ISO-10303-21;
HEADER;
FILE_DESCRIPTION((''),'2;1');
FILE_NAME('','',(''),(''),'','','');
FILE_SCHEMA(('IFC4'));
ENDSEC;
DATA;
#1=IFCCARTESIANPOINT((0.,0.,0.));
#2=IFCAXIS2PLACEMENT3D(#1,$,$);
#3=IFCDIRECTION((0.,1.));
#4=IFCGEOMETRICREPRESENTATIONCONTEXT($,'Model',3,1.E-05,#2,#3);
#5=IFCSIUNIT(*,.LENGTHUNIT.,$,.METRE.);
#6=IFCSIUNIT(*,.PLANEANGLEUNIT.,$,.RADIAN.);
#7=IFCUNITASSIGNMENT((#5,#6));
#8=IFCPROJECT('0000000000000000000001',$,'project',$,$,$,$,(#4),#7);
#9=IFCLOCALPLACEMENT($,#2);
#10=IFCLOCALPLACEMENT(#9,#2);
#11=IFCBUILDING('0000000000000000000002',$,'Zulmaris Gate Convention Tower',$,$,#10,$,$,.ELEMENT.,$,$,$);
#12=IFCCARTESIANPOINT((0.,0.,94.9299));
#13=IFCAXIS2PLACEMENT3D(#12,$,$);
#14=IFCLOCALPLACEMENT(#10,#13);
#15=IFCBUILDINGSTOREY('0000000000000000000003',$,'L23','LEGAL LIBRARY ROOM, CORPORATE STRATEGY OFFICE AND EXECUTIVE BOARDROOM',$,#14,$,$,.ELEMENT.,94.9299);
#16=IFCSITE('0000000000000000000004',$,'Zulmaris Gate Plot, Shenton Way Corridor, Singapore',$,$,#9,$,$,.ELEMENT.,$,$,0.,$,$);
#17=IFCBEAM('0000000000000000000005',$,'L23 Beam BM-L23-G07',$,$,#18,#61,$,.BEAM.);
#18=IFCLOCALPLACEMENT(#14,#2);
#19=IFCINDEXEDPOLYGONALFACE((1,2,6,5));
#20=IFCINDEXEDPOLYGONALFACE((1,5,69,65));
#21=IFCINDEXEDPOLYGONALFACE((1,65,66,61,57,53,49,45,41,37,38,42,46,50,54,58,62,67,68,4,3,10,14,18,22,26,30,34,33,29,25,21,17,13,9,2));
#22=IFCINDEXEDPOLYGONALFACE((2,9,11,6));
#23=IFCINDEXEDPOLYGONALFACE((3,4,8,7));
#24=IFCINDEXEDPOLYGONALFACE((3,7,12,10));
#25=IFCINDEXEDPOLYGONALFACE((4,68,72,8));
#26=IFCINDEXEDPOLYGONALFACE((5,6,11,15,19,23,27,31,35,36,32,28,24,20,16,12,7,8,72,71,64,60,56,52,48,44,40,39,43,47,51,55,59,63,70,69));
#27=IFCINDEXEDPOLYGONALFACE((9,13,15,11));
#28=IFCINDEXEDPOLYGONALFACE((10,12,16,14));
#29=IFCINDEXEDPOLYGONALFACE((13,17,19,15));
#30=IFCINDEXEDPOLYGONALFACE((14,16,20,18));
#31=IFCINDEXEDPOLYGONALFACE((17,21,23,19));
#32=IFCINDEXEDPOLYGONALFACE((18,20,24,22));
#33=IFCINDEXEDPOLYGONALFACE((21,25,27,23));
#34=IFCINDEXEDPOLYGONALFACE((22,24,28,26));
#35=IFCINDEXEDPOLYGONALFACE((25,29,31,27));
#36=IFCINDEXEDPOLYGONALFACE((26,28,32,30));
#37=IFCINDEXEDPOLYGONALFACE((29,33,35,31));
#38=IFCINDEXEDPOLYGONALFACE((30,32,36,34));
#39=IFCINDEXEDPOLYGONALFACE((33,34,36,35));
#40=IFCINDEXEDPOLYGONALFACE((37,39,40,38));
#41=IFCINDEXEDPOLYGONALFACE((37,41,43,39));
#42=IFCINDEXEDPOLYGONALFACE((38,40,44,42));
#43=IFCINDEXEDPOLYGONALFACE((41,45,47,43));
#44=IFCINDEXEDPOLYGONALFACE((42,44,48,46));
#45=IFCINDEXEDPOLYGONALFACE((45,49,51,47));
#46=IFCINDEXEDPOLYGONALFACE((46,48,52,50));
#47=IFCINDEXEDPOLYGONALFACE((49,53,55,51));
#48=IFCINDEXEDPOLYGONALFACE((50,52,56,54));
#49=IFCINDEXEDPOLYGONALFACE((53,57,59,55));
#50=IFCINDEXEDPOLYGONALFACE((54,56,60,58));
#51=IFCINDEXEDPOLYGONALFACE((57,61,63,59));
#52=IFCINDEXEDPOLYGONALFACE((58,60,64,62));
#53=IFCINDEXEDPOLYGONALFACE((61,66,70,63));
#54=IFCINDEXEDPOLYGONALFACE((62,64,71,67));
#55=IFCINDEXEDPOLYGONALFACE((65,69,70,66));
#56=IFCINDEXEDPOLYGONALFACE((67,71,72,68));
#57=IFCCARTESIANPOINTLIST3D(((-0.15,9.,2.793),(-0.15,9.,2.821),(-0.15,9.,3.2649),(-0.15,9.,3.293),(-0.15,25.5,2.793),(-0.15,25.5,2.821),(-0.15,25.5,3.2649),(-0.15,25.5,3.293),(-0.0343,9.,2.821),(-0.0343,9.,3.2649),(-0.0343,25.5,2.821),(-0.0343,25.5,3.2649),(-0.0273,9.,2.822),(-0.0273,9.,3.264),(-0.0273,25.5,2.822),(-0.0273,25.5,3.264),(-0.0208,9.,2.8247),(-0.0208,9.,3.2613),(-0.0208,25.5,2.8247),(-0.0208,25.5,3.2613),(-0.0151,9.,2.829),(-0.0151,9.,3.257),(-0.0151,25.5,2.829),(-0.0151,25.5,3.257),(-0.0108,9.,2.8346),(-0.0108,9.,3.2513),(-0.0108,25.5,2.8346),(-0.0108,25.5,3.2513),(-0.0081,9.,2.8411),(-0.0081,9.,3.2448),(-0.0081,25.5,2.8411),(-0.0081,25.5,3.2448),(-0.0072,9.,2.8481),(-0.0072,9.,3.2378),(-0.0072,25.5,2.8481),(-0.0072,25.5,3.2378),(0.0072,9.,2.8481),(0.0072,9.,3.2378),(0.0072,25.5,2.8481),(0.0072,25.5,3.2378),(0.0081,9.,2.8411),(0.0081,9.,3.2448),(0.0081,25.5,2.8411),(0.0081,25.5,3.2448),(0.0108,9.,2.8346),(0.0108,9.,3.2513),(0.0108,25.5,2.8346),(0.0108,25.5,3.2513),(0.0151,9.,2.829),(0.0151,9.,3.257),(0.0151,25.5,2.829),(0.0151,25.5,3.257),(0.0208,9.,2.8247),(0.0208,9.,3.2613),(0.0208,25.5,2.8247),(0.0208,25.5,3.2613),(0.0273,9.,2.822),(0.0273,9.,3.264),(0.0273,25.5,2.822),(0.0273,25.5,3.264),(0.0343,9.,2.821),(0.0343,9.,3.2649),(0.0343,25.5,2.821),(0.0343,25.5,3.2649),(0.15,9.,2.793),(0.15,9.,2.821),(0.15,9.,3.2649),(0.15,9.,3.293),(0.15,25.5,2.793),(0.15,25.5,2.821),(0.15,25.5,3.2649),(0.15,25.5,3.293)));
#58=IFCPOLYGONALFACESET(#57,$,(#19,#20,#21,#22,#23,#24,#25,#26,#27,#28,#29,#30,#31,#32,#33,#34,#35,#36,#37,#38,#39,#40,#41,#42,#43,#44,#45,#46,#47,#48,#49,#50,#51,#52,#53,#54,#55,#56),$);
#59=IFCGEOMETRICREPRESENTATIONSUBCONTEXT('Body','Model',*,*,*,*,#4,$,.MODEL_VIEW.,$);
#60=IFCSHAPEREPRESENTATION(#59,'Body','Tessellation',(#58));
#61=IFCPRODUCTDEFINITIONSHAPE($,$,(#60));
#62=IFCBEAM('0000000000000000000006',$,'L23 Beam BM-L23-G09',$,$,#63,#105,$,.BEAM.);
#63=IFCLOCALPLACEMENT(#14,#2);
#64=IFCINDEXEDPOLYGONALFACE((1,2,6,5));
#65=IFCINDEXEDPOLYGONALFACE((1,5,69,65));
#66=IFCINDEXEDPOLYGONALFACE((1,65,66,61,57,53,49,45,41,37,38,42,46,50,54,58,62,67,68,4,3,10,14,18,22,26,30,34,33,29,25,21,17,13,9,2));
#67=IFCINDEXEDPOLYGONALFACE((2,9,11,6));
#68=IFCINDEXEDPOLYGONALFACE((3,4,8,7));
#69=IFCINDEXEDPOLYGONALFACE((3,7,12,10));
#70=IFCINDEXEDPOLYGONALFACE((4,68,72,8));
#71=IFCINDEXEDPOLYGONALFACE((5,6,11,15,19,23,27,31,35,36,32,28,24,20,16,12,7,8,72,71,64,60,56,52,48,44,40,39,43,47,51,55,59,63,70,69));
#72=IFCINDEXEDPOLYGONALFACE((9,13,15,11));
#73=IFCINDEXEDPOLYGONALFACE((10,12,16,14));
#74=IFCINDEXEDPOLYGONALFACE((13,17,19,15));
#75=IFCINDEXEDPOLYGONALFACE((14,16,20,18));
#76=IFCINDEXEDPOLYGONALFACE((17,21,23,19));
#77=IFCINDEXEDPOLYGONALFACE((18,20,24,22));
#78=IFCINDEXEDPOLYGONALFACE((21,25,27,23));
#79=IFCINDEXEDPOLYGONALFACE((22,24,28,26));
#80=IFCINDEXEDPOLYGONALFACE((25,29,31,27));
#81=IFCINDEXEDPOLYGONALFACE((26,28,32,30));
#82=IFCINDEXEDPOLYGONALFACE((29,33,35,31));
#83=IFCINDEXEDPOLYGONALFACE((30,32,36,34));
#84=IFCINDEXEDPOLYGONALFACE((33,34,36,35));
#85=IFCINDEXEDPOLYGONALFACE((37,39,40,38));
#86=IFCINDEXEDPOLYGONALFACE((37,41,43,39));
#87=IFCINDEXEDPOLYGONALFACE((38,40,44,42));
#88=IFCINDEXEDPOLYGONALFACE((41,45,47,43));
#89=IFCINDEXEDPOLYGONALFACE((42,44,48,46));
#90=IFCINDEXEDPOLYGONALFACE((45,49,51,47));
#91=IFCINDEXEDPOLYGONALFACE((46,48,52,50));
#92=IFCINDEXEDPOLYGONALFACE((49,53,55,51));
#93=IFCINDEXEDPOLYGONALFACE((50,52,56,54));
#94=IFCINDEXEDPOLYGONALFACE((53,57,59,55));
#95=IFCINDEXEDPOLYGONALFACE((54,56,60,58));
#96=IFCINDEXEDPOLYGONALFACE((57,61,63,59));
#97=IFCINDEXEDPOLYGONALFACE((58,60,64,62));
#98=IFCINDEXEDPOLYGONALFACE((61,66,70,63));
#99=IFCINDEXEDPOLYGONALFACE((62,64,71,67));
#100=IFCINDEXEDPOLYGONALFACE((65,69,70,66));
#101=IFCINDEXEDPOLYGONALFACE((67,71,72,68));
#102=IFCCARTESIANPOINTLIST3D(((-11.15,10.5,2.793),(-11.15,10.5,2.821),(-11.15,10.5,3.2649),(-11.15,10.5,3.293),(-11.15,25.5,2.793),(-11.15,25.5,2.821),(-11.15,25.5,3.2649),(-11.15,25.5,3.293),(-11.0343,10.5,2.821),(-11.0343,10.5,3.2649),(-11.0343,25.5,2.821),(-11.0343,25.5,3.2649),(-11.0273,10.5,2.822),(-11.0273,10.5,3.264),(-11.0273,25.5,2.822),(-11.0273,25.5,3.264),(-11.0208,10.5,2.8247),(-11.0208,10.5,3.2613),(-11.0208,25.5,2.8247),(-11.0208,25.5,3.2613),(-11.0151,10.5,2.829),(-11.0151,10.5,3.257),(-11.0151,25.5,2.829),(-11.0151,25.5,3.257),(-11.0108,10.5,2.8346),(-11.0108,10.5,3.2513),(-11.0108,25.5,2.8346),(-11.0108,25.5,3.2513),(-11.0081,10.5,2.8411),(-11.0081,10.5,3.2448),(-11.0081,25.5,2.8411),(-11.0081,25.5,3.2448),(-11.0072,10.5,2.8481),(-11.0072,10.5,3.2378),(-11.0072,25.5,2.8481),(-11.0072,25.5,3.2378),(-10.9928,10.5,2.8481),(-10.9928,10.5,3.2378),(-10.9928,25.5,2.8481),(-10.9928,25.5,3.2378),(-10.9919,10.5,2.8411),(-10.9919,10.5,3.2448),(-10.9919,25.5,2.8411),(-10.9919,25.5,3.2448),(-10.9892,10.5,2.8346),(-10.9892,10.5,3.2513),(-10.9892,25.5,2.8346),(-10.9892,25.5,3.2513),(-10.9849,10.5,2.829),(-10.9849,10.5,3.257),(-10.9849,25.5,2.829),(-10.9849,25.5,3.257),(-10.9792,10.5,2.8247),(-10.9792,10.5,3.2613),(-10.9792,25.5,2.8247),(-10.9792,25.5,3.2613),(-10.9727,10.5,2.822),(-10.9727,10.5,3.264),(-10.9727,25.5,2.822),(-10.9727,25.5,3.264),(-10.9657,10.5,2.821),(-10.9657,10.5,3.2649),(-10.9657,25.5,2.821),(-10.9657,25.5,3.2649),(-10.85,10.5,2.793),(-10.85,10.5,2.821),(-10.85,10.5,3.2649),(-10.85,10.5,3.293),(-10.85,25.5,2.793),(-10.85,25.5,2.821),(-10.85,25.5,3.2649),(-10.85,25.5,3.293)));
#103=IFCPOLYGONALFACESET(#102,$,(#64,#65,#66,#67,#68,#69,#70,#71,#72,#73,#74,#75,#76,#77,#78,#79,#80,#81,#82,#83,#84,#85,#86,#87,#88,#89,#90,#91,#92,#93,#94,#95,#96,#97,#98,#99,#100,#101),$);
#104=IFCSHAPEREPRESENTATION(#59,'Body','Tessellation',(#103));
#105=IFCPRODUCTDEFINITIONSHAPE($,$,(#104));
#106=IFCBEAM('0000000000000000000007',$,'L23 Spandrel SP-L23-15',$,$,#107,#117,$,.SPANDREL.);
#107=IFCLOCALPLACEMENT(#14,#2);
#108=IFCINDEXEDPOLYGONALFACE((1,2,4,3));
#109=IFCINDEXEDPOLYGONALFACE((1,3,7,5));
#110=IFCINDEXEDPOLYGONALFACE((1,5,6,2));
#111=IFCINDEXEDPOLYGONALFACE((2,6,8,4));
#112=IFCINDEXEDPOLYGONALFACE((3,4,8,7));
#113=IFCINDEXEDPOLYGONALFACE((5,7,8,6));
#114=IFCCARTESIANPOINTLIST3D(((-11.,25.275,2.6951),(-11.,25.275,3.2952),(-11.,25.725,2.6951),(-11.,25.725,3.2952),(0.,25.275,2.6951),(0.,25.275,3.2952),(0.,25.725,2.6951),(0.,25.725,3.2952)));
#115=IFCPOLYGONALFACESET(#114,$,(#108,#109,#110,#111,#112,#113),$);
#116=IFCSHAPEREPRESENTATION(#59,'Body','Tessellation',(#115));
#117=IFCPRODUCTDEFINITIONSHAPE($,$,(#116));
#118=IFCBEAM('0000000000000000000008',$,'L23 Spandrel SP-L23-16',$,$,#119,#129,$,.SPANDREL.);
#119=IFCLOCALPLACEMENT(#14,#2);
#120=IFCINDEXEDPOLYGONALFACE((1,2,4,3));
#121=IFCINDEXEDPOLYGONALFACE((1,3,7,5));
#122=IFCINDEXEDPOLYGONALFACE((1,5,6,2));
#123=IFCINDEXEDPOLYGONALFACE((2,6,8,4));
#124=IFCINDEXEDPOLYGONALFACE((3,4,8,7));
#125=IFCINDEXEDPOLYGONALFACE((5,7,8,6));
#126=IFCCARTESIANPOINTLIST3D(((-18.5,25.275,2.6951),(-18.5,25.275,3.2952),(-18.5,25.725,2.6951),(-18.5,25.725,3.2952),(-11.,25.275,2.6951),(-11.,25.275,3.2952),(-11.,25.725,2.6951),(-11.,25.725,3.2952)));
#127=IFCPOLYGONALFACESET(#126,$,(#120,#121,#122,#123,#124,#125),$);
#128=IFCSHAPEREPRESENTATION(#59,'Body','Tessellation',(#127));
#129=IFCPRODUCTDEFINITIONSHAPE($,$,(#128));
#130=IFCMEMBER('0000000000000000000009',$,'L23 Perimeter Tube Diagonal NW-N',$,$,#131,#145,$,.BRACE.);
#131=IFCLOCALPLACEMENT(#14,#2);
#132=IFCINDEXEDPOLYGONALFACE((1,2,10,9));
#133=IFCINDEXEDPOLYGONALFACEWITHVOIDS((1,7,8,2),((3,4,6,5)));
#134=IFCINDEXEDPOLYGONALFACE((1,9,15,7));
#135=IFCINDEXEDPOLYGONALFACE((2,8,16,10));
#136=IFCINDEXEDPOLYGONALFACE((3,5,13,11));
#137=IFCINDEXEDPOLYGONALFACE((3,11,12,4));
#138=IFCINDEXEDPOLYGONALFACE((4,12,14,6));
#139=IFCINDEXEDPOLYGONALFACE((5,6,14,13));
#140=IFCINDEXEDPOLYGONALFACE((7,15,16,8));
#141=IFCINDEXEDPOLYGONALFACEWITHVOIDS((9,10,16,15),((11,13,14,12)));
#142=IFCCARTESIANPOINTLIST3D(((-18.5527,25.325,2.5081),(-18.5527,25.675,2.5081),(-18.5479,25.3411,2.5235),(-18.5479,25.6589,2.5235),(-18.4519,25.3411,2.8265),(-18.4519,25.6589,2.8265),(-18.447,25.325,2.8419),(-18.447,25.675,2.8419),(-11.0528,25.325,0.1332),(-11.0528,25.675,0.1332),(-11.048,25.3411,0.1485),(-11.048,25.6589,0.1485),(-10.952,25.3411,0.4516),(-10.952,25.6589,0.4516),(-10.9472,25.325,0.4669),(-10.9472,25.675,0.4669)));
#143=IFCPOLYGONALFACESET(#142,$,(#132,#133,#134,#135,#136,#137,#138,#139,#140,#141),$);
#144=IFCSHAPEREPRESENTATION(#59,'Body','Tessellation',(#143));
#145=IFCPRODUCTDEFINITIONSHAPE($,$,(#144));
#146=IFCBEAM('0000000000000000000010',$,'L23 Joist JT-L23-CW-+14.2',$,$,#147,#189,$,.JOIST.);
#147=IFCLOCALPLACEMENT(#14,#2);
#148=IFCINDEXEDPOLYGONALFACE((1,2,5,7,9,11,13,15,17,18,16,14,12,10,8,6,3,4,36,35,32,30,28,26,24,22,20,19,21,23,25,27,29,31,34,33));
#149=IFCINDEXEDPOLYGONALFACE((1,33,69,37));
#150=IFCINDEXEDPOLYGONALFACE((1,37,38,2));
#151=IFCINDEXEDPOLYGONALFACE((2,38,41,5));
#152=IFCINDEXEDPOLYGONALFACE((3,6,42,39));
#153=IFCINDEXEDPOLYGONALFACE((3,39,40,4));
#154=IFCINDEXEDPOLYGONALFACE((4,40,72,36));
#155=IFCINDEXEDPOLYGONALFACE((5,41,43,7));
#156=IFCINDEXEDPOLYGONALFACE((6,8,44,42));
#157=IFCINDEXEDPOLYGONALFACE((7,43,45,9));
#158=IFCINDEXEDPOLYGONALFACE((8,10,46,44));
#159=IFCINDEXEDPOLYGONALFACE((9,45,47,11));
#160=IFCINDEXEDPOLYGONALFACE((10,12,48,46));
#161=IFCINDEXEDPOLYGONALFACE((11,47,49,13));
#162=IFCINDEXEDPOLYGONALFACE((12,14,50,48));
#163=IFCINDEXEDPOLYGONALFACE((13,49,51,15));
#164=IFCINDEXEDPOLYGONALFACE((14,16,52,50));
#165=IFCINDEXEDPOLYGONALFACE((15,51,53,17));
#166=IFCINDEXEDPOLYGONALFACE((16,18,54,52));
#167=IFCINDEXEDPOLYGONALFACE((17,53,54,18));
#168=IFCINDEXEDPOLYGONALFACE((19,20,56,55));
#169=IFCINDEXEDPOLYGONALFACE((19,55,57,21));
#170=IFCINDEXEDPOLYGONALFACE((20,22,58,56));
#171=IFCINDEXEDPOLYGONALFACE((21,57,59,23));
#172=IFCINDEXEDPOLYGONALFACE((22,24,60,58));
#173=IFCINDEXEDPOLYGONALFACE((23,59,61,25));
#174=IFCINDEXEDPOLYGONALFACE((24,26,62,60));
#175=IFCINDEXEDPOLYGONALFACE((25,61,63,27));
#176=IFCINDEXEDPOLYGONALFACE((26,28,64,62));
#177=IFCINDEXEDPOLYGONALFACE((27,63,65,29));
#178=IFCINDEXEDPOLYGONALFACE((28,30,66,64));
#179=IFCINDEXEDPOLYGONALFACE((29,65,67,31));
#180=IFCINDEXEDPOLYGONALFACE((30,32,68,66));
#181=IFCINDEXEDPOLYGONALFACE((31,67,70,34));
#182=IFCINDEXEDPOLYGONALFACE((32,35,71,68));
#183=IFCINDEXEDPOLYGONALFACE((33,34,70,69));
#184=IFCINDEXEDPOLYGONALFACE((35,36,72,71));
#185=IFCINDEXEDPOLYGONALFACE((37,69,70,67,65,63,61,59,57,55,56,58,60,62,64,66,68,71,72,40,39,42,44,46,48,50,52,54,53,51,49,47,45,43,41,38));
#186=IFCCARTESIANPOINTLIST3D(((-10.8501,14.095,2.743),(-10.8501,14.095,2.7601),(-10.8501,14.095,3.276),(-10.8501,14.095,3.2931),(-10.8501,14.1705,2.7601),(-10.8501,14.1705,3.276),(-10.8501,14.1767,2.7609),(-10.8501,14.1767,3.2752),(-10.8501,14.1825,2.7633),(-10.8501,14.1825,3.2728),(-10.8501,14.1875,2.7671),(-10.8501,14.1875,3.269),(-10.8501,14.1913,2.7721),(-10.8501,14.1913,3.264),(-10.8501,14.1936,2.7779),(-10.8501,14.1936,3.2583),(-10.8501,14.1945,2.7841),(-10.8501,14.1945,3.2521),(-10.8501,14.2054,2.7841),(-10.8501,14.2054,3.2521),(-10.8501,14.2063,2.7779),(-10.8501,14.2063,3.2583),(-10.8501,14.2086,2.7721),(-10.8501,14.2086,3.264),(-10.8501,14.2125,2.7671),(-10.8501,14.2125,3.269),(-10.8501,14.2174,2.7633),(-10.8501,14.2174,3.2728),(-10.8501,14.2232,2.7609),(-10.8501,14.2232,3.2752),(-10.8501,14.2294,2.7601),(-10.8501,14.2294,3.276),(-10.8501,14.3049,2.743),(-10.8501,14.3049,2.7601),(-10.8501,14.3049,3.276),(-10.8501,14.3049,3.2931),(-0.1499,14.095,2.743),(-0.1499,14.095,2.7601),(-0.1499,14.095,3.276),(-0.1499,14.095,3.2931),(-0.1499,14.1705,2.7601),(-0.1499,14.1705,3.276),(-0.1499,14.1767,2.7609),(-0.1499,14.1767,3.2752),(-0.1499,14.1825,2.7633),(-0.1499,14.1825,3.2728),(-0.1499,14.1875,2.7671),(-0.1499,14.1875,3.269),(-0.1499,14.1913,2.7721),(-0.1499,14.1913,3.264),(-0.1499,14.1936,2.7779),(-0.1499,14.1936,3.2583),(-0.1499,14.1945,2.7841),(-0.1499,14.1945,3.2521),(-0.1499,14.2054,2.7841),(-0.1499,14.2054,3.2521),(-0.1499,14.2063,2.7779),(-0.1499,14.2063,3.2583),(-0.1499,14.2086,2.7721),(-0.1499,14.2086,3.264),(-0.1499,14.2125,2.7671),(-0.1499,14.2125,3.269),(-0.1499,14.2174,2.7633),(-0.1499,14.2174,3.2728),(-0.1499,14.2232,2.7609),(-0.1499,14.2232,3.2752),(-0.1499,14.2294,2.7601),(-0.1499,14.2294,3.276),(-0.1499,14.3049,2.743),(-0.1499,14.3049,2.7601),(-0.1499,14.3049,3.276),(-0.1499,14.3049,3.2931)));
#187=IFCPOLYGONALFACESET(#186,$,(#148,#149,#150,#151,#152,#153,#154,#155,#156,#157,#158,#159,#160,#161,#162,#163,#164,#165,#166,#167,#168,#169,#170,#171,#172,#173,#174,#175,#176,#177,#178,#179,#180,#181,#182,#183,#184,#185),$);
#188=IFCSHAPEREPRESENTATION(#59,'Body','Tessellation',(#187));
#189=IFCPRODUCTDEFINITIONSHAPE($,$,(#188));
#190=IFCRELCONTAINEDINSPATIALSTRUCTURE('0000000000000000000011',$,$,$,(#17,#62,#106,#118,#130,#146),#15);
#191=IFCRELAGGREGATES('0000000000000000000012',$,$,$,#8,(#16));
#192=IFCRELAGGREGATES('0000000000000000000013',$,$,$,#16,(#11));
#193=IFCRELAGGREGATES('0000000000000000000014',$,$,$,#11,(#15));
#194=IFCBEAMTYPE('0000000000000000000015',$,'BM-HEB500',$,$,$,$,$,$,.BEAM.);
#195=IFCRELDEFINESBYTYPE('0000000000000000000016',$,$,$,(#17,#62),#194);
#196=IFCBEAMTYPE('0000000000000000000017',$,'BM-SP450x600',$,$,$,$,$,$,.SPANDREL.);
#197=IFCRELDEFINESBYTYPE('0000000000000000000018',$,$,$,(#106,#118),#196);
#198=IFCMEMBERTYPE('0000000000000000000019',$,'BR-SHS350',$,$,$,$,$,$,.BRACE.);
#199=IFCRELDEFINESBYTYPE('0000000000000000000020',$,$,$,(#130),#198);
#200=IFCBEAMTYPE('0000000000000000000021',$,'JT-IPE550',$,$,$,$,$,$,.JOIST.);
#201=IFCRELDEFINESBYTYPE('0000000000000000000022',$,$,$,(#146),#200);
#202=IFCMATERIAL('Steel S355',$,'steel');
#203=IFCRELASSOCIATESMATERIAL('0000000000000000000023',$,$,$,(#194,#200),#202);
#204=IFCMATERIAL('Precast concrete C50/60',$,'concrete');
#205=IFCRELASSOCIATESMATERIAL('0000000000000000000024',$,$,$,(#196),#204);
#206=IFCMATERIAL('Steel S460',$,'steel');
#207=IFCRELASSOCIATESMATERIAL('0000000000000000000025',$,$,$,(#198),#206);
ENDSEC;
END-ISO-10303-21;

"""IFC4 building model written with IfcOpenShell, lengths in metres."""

from ifc_helpers import new_model, si_unit, direction, frame, origin, origin_2d, place, context, subcontext, project, spatial, rectangle, hollow_rectangle, i_section, extrude, material, material_profile, profile_set, type_object, element, save


model = new_model("IFC4")

# Units and contexts
model_context = context("Model", 3, precision=1e-05, world=origin(), true_north=direction((0.0, 1.0)))
body_context = subcontext(model_context, "Body", "Model", "MODEL_VIEW")
ifc_project = project(units=[si_unit("LENGTHUNIT", "METRE"), si_unit("PLANEANGLEUNIT", "RADIAN")], contexts=[model_context])

# Site, building, storey
site_placement = place(None, origin())
site = spatial("IfcSite", under=ifc_project, at=site_placement, Name="Zulmaris Gate Plot, Shenton Way Corridor, Singapore", CompositionType="ELEMENT", RefElevation=0.0)
building_placement = place(site_placement, origin())
building = spatial("IfcBuilding", under=site, at=building_placement, Name="Zulmaris Gate Convention Tower", CompositionType="ELEMENT")
storey_placement = place(building_placement, frame((0.0, 0.0, 94.9299)))
storey = spatial("IfcBuildingStorey", under=building, at=storey_placement, Name="L23", Description="LEGAL LIBRARY ROOM, CORPORATE STRATEGY OFFICE AND EXECUTIVE BOARDROOM", CompositionType="ELEMENT", Elevation=94.9299)

# Beams
ifc_material_1 = material(Name="Steel S355", Category="steel")
ifc_material_profile_1 = material_profile(ifc_material_1, i_section(OverallWidth=0.3, OverallDepth=0.5, WebThickness=0.0144, FlangeThickness=0.0281, FilletRadius=0.0271, at=origin_2d()), Name="HEB 500")
ifc_profile_set_1 = profile_set([ifc_material_profile_1], Name="Steel S355")
beam_type_1 = type_object("IfcBeamType", Name="BM-HEB500", PredefinedType="BEAM", material=ifc_profile_set_1)
beam_1_placement = place(storey_placement, frame((0.0, 9.0, 3.043), z_axis=(0.0, 1.0, 0.0), x_axis=(-1.0, 0.0, 0.0)))
element("IfcBeam", 1, at=beam_1_placement, inside=storey, type_object=beam_type_1, Name="L23 Beam BM-L23-G07", PredefinedType="BEAM", context=body_context, shape_type="SweptSolid", body=[
    extrude(i_section(OverallWidth=0.3, OverallDepth=0.5, WebThickness=0.0144, FlangeThickness=0.0281, FilletRadius=0.0271, at=origin_2d()), origin(), (0.0, 0.0, 1.0), 16.5),
])
beam_2_placement = place(storey_placement, frame((-11.0, 10.5, 3.043), z_axis=(0.0, 1.0, 0.0), x_axis=(-1.0, 0.0, 0.0)))
element("IfcBeam", 2, at=beam_2_placement, inside=storey, type_object=beam_type_1, Name="L23 Beam BM-L23-G09", PredefinedType="BEAM", context=body_context, shape_type="SweptSolid", body=[
    extrude(i_section(OverallWidth=0.3, OverallDepth=0.5, WebThickness=0.0144, FlangeThickness=0.0281, FilletRadius=0.0271, at=origin_2d()), origin(), (0.0, 0.0, 1.0), 15.0),
])
ifc_material_2 = material(Name="Precast concrete C50/60", Category="concrete")
ifc_material_profile_2 = material_profile(ifc_material_2, rectangle(XDim=0.45, YDim=0.6001, at=origin_2d()), Name="RC SPANDREL 450x600")
ifc_profile_set_2 = profile_set([ifc_material_profile_2], Name="Precast concrete C50/60")
beam_type_2 = type_object("IfcBeamType", Name="BM-SP450x600", PredefinedType="SPANDREL", material=ifc_profile_set_2)
beam_3_placement = place(storey_placement, frame((0.0, 25.5, 2.9951), z_axis=(-1.0, 0.0, 0.0), x_axis=(0.0, -1.0, 0.0)))
element("IfcBeam", 3, at=beam_3_placement, inside=storey, type_object=beam_type_2, Name="L23 Spandrel SP-L23-15", PredefinedType="SPANDREL", context=body_context, shape_type="SweptSolid", body=[
    extrude(rectangle(XDim=0.45, YDim=0.6001, at=origin_2d()), origin(), (0.0, 0.0, 1.0), 11.0),
])
beam_4_placement = place(storey_placement, frame((-11.0, 25.5, 2.9951), z_axis=(-1.0, 0.0, 0.0), x_axis=(0.0, -1.0, 0.0)))
element("IfcBeam", 4, at=beam_4_placement, inside=storey, type_object=beam_type_2, Name="L23 Spandrel SP-L23-16", PredefinedType="SPANDREL", context=body_context, shape_type="SweptSolid", body=[
    extrude(rectangle(XDim=0.45, YDim=0.6001, at=origin_2d()), origin(), (0.0, 0.0, 1.0), 7.5),
])

# Member
ifc_material_3 = material(Name="Steel S460", Category="steel")
ifc_material_profile_3 = material_profile(ifc_material_3, hollow_rectangle(XDim=0.3501, YDim=0.3501, WallThickness=0.0161, at=origin_2d()), Name="SHS 350x350x16")
ifc_profile_set_3 = profile_set([ifc_material_profile_3], Name="Steel S460")
member_type = type_object("IfcMemberType", Name="BR-SHS350", PredefinedType="BRACE", material=ifc_profile_set_3)
member_placement = place(storey_placement, frame((-11.0, 25.5, 0.3), z_axis=(-0.953342, 0.0, 0.301892), x_axis=(0.0, -1.0, 0.0)))
element("IfcMember", 5, at=member_placement, inside=storey, type_object=member_type, Name="L23 Perimeter Tube Diagonal NW-N", PredefinedType="BRACE", context=body_context, shape_type="SweptSolid", body=[
    extrude(hollow_rectangle(XDim=0.3501, YDim=0.3501, WallThickness=0.0161, at=origin_2d()), origin(), (0.0, 0.0, 1.0), 7.8669),
])

# Beam
ifc_material_profile_4 = material_profile(ifc_material_1, i_section(OverallWidth=0.21, OverallDepth=0.55, WebThickness=0.011, FlangeThickness=0.0171, FilletRadius=0.0239, at=origin_2d()), Name="IPE 550")
ifc_profile_set_4 = profile_set([ifc_material_profile_4], Name="Steel S355")
beam_type_3 = type_object("IfcBeamType", Name="JT-IPE550", PredefinedType="JOIST", material=ifc_profile_set_4)
for number, where, z_axis, x_axis, name in (
    (6, (-10.8501, 14.2, 3.0181), (1.0, 0.0, 0.0), (0.0, 1.0, 0.0), "L23 Joist JT-L23-CW-+14.2"),
):
    element("IfcBeam", number, at=place(storey_placement, frame(where, z_axis=z_axis, x_axis=x_axis)), inside=storey, type_object=beam_type_3, Name=name, PredefinedType="JOIST", context=body_context, shape_type="SweptSolid", body=[
        extrude(i_section(OverallWidth=0.21, OverallDepth=0.55, WebThickness=0.011, FlangeThickness=0.0171, FilletRadius=0.0239, at=origin_2d()), origin(), (0.0, 0.0, 1.0), 10.7002),
    ])

save(model, "model.ifc")
